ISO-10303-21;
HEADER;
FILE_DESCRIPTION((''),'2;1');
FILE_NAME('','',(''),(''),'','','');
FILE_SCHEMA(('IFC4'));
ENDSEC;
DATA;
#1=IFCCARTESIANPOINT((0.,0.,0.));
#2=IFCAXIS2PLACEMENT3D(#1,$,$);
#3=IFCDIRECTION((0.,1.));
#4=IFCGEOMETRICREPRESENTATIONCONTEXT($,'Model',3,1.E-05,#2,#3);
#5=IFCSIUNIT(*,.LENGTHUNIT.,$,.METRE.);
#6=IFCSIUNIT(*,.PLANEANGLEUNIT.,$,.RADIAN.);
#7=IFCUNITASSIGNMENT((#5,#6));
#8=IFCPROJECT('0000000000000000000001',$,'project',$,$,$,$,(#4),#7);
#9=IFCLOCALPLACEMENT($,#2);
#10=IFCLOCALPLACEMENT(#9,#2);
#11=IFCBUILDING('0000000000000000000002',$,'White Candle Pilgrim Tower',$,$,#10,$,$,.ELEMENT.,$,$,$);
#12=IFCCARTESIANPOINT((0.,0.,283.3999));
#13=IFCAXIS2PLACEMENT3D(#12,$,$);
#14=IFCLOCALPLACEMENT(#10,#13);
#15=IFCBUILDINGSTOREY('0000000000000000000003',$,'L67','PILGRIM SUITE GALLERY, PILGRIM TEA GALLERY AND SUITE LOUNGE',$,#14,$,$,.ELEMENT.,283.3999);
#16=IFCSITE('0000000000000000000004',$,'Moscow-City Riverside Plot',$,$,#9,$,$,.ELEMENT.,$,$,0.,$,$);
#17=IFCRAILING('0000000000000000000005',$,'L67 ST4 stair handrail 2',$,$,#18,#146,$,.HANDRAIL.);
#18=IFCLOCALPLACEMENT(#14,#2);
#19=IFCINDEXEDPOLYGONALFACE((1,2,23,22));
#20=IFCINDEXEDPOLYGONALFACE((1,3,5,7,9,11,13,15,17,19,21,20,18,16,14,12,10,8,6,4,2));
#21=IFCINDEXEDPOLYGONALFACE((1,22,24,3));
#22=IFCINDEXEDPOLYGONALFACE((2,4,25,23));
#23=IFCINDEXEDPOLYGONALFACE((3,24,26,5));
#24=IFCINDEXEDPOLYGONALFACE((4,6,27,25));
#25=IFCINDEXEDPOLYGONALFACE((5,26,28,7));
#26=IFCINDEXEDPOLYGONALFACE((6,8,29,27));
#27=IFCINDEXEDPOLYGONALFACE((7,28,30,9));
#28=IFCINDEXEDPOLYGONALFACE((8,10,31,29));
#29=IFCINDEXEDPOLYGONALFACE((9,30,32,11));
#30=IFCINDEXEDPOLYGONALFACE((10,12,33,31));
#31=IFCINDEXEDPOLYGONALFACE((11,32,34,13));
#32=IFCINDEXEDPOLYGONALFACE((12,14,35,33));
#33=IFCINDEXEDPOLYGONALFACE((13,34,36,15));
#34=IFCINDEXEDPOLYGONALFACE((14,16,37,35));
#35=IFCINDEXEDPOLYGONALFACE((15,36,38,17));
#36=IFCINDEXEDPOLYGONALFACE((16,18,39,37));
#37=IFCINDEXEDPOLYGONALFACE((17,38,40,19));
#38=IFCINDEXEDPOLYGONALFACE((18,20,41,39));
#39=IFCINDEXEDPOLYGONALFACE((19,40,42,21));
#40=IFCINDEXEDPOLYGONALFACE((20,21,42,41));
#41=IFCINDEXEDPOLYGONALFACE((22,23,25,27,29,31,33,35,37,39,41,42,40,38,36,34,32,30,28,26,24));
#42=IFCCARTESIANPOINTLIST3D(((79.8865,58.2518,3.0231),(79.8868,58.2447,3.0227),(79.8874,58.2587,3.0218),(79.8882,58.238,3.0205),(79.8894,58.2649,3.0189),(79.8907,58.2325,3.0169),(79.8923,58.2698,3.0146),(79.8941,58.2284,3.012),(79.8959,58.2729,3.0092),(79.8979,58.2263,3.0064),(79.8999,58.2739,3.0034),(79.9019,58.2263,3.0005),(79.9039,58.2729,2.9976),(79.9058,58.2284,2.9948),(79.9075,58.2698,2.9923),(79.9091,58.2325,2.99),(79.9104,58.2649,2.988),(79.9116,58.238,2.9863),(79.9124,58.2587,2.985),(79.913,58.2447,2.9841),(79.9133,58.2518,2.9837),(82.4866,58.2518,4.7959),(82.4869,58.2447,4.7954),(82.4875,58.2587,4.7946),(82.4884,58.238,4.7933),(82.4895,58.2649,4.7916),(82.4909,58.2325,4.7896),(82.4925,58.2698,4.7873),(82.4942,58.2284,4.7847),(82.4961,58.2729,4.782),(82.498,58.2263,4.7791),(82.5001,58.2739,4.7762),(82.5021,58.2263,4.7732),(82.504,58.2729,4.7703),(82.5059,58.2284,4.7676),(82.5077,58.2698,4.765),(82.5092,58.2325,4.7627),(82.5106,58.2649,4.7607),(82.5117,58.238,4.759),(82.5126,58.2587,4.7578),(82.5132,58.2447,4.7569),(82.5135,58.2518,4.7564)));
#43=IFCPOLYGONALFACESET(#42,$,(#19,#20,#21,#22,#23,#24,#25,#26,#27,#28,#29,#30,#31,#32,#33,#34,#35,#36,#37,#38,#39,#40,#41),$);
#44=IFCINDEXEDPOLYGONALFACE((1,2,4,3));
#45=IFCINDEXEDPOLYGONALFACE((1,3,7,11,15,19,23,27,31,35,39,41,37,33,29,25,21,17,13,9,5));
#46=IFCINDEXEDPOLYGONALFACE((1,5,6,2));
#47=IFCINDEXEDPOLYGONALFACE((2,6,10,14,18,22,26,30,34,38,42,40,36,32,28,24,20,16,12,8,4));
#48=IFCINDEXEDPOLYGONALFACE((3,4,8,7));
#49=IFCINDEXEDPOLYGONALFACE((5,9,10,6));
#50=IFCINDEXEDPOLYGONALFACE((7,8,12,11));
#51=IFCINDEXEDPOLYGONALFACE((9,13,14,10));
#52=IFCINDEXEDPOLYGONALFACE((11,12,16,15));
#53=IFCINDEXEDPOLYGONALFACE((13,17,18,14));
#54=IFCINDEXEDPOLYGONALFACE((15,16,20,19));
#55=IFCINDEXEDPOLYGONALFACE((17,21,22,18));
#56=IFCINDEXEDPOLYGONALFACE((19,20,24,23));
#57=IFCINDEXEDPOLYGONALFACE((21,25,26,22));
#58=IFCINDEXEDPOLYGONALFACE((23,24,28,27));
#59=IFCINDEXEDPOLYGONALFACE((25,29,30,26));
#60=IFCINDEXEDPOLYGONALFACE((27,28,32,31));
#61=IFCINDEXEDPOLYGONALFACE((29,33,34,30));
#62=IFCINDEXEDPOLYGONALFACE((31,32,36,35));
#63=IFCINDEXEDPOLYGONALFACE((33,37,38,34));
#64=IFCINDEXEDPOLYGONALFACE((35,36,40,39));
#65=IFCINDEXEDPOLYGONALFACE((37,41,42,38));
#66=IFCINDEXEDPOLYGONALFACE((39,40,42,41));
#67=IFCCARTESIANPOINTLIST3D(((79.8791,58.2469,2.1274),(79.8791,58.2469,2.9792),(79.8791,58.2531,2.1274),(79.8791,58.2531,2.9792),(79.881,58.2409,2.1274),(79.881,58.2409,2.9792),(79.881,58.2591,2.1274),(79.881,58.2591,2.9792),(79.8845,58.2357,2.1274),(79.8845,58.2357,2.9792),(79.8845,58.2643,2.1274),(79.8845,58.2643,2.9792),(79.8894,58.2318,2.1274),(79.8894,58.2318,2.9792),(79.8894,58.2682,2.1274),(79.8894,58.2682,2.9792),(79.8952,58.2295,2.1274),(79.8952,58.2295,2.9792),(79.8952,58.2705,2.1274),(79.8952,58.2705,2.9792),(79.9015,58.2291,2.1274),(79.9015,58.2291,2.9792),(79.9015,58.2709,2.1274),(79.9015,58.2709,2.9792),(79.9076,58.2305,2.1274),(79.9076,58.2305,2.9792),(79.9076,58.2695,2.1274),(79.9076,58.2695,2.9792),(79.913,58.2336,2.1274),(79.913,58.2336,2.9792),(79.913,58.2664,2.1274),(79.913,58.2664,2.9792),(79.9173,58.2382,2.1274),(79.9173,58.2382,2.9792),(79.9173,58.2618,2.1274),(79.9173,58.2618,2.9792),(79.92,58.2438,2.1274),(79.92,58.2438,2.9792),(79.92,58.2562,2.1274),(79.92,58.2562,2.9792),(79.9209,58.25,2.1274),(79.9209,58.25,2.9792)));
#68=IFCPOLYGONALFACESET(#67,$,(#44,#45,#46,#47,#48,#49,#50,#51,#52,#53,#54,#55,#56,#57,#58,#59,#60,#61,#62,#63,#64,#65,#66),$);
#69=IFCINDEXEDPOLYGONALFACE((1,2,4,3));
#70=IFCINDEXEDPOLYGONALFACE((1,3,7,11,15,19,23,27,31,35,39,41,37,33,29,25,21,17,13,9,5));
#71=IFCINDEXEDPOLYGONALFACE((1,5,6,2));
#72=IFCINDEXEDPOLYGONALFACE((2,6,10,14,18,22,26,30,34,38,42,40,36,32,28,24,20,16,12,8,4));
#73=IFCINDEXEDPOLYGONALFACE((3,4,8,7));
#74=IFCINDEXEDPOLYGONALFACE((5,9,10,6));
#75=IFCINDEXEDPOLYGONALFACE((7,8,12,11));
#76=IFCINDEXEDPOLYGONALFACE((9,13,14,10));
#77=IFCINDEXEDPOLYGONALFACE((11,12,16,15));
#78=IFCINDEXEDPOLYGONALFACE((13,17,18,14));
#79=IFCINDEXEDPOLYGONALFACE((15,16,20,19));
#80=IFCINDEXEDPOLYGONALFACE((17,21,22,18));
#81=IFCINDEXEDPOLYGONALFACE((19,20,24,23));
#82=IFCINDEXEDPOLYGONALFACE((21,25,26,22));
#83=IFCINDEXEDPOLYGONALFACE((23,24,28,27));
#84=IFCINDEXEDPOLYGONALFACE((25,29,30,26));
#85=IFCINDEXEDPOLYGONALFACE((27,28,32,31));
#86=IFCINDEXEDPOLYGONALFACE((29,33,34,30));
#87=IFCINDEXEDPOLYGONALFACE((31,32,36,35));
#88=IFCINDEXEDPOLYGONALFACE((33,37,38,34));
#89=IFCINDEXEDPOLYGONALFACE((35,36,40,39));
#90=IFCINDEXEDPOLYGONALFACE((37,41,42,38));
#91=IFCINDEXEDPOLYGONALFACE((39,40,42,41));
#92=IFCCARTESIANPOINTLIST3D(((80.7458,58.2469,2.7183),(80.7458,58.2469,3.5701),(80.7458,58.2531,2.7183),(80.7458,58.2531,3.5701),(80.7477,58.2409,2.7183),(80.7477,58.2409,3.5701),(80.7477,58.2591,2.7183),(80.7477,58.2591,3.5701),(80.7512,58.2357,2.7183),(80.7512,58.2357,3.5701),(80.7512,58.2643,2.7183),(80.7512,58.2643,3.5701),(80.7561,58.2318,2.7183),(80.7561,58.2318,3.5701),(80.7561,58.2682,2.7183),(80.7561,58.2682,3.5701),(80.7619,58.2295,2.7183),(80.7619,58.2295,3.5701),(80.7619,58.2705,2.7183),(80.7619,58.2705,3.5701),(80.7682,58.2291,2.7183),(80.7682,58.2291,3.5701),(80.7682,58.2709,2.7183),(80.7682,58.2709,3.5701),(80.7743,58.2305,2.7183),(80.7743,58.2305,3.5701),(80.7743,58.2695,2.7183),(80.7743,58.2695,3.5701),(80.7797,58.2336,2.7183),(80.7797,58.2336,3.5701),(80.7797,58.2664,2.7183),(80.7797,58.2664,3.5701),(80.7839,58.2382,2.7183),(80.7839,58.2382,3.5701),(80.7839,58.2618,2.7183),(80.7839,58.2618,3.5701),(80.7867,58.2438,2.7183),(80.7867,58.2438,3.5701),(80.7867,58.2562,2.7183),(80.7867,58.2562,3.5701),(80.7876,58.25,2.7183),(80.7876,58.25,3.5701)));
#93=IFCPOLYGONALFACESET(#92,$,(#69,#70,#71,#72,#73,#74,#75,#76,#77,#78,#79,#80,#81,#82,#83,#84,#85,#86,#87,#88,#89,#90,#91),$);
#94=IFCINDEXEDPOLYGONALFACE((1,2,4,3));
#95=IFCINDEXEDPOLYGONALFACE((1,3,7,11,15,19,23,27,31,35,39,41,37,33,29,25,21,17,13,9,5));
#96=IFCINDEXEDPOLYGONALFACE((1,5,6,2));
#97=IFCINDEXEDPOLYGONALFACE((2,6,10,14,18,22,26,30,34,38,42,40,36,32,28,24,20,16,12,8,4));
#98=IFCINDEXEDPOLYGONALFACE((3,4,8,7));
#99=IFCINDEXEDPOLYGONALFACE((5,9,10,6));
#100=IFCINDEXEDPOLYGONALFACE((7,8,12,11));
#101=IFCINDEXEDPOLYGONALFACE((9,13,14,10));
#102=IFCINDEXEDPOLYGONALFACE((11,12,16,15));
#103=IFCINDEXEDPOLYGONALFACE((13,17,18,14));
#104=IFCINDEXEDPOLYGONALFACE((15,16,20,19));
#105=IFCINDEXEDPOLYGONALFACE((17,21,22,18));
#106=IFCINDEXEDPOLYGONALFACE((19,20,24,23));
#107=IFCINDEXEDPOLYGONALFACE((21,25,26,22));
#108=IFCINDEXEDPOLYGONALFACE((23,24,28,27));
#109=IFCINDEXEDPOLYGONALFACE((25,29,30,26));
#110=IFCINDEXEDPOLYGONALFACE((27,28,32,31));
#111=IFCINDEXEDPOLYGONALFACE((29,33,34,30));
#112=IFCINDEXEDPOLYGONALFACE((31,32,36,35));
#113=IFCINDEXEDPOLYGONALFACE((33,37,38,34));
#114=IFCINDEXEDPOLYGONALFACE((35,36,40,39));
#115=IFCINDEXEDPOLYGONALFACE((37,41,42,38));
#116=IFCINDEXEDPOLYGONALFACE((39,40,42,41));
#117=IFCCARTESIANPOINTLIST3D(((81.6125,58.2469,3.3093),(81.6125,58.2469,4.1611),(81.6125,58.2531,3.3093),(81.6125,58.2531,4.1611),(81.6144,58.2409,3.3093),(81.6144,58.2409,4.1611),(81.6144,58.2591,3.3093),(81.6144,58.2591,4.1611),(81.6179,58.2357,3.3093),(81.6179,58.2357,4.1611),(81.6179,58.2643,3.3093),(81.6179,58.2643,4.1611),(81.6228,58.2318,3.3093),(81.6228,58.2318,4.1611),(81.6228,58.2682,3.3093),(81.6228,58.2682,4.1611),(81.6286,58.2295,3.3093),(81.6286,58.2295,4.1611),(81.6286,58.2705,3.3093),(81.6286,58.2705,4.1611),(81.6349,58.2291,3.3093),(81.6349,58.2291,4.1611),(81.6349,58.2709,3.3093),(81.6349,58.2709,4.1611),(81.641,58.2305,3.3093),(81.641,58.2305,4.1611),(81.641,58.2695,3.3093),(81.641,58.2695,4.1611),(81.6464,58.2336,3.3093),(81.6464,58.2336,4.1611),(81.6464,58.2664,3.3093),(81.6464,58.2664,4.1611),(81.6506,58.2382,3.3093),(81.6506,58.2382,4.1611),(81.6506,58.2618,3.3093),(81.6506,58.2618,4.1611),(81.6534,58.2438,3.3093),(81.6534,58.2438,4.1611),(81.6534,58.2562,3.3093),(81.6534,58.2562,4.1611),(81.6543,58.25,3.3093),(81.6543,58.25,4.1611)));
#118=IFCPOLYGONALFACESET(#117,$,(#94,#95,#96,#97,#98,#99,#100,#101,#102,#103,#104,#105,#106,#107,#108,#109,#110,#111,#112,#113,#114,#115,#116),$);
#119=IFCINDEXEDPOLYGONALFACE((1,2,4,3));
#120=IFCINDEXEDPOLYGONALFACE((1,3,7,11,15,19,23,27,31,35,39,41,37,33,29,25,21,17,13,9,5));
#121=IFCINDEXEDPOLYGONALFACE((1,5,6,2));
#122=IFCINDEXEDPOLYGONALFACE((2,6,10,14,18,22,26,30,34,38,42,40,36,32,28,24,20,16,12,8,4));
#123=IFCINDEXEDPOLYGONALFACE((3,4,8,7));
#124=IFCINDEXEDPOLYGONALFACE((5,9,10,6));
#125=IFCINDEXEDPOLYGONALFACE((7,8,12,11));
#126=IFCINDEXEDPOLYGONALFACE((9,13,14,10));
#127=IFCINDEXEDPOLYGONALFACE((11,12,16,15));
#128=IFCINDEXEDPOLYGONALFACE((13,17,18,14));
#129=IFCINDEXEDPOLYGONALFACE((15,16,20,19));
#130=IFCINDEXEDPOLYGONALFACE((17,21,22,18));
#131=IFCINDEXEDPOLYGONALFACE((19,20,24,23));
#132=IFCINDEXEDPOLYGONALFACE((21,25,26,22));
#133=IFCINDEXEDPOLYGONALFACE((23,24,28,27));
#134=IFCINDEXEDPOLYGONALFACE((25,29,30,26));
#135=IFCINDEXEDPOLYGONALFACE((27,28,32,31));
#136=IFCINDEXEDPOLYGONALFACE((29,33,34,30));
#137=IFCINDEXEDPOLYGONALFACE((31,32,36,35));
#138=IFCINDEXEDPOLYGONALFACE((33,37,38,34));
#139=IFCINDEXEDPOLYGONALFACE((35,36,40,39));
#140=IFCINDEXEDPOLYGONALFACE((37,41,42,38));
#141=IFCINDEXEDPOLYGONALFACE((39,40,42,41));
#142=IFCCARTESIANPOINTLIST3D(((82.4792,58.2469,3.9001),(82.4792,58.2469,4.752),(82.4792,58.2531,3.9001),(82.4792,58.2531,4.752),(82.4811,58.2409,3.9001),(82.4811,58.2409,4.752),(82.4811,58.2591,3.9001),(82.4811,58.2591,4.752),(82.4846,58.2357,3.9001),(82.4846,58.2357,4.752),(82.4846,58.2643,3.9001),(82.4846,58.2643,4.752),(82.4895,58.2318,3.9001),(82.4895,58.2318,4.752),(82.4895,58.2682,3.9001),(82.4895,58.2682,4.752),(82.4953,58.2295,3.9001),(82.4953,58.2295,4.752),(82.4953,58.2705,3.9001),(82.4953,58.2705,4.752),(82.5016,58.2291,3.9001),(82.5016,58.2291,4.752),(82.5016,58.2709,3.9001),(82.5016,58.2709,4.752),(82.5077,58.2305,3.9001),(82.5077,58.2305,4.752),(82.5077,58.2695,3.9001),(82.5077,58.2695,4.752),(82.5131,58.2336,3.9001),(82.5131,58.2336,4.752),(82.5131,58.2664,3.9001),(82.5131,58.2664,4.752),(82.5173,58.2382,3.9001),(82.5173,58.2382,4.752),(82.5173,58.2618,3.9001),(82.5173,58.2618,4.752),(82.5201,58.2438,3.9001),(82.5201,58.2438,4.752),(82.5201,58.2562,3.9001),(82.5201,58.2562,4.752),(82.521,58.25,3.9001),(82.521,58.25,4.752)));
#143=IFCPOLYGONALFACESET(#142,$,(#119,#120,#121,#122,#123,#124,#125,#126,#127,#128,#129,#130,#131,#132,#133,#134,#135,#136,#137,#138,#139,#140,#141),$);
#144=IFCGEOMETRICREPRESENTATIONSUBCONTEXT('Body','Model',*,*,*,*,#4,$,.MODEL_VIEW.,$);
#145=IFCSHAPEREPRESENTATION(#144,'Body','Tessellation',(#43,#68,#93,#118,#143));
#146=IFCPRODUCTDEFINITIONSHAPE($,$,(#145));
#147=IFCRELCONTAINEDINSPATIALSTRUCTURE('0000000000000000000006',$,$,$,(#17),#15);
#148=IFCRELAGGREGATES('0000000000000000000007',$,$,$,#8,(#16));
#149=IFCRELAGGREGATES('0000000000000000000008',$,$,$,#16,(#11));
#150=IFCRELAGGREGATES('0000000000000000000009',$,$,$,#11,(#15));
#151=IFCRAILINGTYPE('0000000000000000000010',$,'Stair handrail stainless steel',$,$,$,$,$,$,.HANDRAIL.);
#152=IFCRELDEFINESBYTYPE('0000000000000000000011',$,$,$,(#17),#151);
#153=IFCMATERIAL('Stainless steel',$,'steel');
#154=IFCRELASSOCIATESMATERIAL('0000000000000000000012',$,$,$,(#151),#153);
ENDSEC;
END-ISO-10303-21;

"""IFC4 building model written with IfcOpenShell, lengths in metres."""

from ifc_helpers import new_model, si_unit, direction, frame, origin, origin_2d, place, context, subcontext, project, spatial, circle, extrude, material, type_object, element, save


model = new_model("IFC4")

# Units and contexts
model_context = context("Model", 3, precision=1e-05, world=origin(), true_north=direction((0.0, 1.0)))
body_context = subcontext(model_context, "Body", "Model", "MODEL_VIEW")
ifc_project = project(units=[si_unit("LENGTHUNIT", "METRE"), si_unit("PLANEANGLEUNIT", "RADIAN")], contexts=[model_context])

# Site, building, storey
site_placement = place(None, origin())
site = spatial("IfcSite", under=ifc_project, at=site_placement, Name="Moscow-City Riverside Plot", CompositionType="ELEMENT", RefElevation=0.0)
building_placement = place(site_placement, origin())
building = spatial("IfcBuilding", under=site, at=building_placement, Name="White Candle Pilgrim Tower", CompositionType="ELEMENT")
storey_placement = place(building_placement, frame((0.0, 0.0, 283.3999)))
storey = spatial("IfcBuildingStorey", under=building, at=storey_placement, Name="L67", Description="PILGRIM SUITE GALLERY, PILGRIM TEA GALLERY AND SUITE LOUNGE", CompositionType="ELEMENT", Elevation=283.3999)

# Railing
ifc_material_1 = material(Name="Stainless steel", Category="steel")
railing_type_1 = type_object("IfcRailingType", Name="Stair handrail stainless steel", PredefinedType="HANDRAIL", material=ifc_material_1)
railing_1_placement = place(storey_placement, frame((79.8999, 58.25, 2.1274)))
element("IfcRailing", 1, at=railing_1_placement, inside=storey, type_object=railing_type_1, Name="L67 ST4 stair handrail 2", PredefinedType="HANDRAIL", context=body_context, shape_type="SweptSolid", body=[
    extrude(circle(Radius=0.0239, at=origin_2d()), frame((0.0, 0.0, 0.876), z_axis=(0.82624, 0.0, 0.563318), x_axis=(0.0, 1.0, 0.0)), (0.0, 0.0, 1.0), 3.147),
    extrude(circle(Radius=0.021, at=origin_2d()), origin(), (0.0, 0.0, 1.0), 0.8518),
    extrude(circle(Radius=0.021, at=origin_2d()), frame((0.8667, 0.0, 0.5908)), (0.0, 0.0, 1.0), 0.8518),
    extrude(circle(Radius=0.021, at=origin_2d()), frame((1.7334, 0.0, 1.1819)), (0.0, 0.0, 1.0), 0.8518),
    extrude(circle(Radius=0.021, at=origin_2d()), frame((2.6001, 0.0, 1.7727)), (0.0, 0.0, 1.0), 0.8518),
])

save(model, "model.ifc")
